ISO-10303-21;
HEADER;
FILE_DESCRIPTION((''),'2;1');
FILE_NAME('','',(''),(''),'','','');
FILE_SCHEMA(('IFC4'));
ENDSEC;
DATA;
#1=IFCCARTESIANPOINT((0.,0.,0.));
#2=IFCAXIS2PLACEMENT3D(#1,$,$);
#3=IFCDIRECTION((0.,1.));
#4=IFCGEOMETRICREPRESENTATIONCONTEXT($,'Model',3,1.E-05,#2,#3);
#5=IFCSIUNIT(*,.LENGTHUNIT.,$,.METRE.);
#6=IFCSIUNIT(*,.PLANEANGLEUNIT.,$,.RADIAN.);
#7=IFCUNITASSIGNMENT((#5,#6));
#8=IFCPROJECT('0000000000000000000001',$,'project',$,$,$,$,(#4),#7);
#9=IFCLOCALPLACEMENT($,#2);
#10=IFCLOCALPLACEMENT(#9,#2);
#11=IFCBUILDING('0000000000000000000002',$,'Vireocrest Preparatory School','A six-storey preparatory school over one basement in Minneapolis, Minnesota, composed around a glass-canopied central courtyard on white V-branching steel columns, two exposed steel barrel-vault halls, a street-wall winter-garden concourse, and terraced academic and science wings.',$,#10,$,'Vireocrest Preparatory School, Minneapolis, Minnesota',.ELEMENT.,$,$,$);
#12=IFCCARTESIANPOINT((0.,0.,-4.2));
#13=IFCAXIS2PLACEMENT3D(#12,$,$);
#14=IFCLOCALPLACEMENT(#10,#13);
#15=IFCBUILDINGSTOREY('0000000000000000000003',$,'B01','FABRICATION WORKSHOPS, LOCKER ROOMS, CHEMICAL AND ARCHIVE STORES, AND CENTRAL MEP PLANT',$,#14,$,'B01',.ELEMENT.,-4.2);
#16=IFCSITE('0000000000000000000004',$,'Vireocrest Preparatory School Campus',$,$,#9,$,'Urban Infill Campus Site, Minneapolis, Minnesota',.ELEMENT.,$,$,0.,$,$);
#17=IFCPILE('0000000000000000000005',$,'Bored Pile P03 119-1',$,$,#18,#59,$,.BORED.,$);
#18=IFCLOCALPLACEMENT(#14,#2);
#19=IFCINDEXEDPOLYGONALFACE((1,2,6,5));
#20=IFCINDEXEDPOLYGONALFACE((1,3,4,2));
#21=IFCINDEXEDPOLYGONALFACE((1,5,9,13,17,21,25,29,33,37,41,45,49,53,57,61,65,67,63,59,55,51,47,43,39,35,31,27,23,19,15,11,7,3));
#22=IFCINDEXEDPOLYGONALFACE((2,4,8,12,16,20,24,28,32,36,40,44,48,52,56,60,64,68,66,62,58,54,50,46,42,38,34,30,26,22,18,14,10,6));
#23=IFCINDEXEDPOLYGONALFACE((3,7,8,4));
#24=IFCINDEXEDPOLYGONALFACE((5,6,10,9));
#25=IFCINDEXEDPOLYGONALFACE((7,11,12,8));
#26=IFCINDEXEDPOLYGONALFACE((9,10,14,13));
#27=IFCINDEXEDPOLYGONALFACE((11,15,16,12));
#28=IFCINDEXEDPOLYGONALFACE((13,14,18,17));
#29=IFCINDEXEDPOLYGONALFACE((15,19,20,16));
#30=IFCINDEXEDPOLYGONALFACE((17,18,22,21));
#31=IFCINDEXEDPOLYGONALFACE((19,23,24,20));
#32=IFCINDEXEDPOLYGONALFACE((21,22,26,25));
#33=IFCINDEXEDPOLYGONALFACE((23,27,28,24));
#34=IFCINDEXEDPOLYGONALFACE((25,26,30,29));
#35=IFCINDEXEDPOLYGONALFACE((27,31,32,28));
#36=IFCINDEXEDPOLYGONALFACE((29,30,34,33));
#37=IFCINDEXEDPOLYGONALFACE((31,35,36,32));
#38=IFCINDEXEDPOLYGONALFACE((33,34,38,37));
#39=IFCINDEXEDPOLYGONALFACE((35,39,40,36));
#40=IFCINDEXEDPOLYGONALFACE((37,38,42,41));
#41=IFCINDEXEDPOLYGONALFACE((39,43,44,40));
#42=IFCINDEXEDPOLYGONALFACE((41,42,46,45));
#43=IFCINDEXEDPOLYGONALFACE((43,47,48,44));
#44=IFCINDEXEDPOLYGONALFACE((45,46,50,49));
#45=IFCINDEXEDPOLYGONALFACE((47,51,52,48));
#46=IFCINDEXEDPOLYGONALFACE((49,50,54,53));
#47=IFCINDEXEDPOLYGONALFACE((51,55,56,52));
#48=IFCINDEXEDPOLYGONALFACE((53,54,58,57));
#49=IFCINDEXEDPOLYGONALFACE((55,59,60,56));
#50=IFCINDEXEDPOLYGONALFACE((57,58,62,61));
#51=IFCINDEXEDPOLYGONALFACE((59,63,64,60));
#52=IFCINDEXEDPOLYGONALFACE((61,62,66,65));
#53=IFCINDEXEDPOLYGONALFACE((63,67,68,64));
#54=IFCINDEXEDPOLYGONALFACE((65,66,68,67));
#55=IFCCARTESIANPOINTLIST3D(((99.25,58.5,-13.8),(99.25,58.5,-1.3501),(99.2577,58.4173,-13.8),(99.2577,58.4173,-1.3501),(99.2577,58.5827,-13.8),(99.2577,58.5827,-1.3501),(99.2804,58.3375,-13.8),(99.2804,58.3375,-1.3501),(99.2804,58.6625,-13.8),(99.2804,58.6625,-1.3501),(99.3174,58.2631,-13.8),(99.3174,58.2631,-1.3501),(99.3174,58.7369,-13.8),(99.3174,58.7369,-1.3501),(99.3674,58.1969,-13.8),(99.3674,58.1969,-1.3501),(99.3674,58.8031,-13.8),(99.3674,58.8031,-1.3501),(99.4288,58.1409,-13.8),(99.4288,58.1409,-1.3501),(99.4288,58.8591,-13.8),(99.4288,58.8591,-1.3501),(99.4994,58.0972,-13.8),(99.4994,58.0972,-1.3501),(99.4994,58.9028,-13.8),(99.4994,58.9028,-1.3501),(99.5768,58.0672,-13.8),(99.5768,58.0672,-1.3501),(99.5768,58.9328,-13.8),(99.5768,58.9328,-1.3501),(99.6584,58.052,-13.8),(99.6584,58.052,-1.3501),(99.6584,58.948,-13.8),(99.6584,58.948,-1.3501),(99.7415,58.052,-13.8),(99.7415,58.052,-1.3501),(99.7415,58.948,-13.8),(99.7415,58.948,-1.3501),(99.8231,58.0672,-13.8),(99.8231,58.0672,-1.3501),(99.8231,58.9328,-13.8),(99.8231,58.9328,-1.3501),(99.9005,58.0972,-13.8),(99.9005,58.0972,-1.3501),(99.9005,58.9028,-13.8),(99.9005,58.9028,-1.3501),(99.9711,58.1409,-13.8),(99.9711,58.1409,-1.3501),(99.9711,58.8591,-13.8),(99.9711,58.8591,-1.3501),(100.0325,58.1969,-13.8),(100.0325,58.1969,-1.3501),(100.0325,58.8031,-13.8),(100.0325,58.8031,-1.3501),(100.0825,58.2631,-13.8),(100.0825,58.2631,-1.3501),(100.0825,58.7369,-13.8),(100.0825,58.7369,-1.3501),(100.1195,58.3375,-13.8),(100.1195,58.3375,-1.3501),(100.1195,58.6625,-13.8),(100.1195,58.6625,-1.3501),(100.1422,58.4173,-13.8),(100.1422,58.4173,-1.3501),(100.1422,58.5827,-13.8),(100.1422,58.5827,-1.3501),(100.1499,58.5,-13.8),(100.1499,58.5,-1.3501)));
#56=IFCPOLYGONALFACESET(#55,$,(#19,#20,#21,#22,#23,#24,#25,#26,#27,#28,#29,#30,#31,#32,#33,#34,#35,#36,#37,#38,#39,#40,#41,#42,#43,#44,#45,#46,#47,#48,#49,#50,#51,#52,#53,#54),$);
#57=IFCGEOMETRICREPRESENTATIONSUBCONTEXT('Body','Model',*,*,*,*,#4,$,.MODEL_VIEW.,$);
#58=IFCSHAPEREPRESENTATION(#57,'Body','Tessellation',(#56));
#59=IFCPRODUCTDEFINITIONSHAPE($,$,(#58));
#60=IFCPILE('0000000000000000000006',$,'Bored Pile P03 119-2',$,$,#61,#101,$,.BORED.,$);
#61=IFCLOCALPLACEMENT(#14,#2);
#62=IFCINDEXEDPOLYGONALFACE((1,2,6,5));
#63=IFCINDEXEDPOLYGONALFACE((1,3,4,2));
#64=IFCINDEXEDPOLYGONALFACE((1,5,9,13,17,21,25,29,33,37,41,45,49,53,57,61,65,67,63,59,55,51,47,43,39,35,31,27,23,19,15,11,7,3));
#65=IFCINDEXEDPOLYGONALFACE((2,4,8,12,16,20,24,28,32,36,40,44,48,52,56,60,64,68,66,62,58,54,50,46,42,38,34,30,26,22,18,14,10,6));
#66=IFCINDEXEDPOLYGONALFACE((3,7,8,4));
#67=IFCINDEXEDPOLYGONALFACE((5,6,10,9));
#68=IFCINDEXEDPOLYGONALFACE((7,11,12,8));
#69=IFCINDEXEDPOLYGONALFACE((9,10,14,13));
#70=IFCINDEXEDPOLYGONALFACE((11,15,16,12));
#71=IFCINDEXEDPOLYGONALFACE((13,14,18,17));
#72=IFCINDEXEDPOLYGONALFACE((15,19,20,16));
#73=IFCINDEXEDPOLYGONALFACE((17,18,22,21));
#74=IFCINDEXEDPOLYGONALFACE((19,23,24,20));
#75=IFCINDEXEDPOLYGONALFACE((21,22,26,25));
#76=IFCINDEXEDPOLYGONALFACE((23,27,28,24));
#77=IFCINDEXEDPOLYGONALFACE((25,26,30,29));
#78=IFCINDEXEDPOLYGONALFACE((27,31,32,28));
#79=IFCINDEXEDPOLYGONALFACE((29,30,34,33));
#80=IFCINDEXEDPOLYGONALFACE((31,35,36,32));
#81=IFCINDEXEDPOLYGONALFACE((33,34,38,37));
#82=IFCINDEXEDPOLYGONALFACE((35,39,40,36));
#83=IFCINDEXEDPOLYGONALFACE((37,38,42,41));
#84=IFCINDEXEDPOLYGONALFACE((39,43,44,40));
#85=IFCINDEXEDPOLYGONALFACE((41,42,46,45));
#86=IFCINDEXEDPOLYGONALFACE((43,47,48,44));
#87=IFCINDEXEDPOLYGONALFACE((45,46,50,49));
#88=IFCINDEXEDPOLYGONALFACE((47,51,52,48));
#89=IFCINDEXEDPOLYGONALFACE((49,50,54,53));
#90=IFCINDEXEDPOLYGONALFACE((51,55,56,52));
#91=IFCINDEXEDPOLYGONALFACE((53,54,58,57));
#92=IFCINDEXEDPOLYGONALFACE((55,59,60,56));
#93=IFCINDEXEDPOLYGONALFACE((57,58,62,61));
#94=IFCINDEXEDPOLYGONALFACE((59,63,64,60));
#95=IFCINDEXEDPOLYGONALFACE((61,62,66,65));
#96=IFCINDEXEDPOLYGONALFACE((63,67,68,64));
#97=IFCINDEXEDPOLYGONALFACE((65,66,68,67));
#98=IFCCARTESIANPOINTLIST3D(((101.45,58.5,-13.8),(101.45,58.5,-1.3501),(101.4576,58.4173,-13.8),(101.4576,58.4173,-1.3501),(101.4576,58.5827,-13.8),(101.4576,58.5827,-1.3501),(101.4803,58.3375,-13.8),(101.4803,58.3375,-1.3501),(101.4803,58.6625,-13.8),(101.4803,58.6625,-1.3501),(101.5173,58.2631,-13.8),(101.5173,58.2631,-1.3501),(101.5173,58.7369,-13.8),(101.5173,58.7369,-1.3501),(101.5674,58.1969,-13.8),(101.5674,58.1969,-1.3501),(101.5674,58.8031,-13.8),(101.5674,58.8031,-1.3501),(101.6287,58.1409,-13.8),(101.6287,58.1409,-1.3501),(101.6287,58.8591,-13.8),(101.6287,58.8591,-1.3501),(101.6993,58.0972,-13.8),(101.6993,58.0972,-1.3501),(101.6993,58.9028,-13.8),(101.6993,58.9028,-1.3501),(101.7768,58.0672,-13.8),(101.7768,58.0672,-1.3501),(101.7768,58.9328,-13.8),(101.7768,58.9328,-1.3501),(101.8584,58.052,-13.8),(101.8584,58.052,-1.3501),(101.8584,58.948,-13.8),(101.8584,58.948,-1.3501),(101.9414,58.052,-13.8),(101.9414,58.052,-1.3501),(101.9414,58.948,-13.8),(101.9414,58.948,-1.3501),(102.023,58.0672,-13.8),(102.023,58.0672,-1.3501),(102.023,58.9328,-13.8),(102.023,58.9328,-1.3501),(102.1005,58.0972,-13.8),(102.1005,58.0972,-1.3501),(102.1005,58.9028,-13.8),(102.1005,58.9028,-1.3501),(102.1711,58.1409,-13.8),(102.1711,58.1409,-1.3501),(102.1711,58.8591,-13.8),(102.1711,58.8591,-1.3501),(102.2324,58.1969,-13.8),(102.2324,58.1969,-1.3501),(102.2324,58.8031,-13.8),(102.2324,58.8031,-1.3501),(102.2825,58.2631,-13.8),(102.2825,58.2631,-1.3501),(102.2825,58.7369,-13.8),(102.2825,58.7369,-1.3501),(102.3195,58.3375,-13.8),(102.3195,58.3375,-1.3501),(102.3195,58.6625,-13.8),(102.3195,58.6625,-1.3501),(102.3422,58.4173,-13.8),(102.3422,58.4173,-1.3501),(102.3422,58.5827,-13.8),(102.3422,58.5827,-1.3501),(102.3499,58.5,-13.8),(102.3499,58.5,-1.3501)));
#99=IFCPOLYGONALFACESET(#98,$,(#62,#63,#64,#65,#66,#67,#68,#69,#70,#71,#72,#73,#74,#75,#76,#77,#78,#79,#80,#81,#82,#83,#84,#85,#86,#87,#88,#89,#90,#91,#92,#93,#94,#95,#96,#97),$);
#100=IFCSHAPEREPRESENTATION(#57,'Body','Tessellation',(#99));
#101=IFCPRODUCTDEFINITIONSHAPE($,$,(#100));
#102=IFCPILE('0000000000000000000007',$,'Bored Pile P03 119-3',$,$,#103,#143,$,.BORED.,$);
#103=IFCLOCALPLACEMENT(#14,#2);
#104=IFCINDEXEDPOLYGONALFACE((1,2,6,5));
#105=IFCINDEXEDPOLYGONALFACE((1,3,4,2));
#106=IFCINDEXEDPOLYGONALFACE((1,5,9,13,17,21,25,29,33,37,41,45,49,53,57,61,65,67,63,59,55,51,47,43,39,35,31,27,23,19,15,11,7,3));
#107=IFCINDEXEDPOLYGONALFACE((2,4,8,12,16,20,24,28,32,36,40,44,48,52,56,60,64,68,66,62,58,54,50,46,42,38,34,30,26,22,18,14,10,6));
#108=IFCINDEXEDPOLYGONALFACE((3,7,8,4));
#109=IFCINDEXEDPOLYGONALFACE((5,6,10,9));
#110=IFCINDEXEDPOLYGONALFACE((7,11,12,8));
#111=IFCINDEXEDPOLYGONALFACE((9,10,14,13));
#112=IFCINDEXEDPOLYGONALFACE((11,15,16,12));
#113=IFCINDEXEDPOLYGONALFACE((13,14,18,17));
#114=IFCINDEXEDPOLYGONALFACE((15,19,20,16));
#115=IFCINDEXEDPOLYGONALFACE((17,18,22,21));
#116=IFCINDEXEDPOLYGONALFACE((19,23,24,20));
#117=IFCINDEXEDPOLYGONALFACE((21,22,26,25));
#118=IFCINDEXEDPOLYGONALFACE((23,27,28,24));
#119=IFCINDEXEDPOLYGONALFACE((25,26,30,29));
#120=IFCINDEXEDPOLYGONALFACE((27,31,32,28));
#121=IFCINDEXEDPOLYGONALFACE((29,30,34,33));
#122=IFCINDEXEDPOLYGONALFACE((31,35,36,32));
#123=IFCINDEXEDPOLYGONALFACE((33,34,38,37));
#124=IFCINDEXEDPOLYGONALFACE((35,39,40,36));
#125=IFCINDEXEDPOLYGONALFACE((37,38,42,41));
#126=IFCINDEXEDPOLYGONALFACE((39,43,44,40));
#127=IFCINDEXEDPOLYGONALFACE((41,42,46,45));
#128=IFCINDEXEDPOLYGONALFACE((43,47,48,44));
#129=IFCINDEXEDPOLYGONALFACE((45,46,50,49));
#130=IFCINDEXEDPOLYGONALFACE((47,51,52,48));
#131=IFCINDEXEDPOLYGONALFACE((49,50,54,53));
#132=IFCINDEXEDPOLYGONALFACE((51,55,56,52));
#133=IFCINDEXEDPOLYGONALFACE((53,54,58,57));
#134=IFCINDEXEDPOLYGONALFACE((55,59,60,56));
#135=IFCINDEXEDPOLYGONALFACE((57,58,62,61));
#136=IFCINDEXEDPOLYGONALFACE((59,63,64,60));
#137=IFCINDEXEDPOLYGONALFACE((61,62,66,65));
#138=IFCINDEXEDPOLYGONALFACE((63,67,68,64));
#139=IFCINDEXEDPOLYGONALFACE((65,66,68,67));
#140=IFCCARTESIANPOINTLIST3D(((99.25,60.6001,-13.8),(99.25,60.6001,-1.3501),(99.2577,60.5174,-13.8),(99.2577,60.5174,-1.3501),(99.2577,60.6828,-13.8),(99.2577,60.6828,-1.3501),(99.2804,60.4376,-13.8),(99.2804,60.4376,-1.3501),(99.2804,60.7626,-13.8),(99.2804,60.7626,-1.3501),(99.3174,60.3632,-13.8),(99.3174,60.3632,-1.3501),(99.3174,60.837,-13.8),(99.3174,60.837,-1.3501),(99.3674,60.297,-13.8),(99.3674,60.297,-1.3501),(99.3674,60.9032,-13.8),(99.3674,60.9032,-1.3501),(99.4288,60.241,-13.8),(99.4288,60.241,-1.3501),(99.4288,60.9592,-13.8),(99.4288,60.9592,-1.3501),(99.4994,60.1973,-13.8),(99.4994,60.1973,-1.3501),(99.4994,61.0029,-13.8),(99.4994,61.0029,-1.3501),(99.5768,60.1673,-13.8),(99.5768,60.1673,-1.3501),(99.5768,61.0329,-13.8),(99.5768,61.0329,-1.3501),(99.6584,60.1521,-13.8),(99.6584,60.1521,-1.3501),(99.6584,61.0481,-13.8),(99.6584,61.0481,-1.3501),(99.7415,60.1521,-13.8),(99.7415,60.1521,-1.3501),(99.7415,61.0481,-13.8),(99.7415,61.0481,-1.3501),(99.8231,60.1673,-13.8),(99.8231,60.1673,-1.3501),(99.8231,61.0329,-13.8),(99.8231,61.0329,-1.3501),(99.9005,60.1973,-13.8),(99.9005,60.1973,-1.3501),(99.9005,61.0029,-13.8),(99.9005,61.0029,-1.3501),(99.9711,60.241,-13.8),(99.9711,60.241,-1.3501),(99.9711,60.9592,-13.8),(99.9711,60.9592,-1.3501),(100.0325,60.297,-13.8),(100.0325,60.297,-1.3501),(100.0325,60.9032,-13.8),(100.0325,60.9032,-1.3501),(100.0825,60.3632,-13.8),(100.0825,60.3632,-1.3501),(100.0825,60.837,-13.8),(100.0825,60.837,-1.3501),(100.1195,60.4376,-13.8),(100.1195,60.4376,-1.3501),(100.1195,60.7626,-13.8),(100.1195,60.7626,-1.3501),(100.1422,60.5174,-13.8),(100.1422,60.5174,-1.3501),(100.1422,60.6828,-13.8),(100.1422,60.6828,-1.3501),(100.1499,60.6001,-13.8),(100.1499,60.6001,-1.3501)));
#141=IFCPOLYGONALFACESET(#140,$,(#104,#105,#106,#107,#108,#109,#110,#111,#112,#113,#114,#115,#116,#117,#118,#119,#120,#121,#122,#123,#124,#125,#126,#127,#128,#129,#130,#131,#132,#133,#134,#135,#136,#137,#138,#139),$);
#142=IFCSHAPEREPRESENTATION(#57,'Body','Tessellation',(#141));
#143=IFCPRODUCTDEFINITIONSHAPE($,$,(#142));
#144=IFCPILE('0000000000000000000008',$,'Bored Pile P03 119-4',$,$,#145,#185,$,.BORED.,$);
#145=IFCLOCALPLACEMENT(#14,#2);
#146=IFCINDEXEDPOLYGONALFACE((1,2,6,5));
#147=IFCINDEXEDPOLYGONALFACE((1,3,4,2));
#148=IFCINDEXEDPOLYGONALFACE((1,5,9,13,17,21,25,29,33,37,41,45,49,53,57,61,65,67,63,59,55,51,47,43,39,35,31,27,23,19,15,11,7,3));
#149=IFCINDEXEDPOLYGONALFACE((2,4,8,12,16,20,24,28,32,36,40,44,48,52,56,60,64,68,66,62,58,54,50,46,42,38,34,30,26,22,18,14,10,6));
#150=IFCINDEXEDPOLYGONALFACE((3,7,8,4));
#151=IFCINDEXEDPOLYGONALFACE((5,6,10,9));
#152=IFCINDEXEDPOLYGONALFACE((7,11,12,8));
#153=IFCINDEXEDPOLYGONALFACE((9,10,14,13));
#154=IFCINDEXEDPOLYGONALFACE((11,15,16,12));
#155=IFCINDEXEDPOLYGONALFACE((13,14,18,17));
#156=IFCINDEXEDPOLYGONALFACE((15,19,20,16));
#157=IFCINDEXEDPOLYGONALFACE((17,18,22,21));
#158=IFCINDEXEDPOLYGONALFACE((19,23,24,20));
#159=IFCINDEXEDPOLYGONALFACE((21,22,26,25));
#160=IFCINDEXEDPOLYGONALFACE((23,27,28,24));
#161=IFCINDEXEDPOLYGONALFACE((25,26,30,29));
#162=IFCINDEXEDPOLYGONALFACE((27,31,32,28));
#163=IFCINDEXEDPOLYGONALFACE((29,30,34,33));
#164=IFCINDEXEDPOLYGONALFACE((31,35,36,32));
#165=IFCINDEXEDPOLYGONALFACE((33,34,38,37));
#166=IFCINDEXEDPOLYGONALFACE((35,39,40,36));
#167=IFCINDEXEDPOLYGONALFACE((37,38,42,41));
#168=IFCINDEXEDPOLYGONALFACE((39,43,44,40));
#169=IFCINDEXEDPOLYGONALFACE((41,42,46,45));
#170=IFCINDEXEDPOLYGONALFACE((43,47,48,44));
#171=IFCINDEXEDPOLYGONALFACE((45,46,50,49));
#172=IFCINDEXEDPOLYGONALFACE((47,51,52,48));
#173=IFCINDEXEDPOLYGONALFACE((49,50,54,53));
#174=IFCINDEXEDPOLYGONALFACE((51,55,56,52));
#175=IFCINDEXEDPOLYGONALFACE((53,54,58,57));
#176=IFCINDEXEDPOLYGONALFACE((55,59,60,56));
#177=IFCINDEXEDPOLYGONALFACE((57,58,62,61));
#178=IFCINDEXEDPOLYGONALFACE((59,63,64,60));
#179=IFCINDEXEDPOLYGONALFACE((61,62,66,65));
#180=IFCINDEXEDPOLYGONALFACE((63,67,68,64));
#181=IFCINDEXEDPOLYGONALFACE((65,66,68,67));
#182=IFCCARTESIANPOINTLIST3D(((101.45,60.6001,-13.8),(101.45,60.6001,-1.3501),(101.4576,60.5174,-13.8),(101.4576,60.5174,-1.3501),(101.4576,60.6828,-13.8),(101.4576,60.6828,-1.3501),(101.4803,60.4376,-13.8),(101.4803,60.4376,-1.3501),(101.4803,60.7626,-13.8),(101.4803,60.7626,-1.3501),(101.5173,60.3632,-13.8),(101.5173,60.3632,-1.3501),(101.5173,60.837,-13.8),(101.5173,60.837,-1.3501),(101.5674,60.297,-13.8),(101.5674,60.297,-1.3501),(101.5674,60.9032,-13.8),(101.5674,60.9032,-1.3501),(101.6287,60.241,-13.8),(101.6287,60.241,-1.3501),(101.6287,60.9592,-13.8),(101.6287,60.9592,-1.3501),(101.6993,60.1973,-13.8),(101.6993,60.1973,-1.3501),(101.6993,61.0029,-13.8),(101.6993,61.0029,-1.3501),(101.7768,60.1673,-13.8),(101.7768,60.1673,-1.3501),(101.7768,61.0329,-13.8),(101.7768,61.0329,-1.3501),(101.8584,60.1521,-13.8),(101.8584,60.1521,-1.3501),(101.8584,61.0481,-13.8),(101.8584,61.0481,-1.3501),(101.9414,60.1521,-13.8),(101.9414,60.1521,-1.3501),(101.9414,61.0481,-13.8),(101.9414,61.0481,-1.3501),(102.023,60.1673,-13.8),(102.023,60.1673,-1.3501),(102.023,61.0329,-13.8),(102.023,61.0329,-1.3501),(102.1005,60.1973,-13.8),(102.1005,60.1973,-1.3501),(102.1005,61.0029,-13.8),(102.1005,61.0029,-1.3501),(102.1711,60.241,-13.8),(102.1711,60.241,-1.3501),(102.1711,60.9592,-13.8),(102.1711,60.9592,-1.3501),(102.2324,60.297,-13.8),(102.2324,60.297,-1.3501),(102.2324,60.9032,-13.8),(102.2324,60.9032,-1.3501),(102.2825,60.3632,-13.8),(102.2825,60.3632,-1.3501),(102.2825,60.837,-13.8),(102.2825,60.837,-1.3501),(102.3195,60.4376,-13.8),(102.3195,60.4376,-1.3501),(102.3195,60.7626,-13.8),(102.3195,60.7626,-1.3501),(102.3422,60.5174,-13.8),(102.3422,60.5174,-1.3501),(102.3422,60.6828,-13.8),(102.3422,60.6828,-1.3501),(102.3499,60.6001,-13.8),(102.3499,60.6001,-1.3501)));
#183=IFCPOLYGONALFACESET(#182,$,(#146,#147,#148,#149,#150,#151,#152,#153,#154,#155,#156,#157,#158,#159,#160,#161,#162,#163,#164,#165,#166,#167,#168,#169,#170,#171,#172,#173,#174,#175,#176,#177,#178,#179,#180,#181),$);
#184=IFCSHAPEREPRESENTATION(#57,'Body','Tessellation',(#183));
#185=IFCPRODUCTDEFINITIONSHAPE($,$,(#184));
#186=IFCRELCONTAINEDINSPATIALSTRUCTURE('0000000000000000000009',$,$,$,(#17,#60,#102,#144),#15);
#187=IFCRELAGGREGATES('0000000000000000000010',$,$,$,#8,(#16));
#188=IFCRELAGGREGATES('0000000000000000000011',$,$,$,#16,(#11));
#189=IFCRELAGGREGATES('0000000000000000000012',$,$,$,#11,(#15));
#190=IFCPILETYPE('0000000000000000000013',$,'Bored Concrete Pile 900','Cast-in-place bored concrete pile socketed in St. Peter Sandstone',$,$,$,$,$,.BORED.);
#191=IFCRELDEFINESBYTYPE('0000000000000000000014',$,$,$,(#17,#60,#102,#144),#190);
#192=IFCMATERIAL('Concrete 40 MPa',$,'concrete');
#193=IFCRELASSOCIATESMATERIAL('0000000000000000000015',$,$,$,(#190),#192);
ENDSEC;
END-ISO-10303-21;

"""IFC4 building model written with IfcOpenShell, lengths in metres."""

from ifc_helpers import new_model, si_unit, direction, frame, origin, origin_2d, place, context, subcontext, project, spatial, circle, extrude, material, material_profile, profile_set, type_object, element, save


model = new_model("IFC4")

# Units and contexts
model_context = context("Model", 3, precision=1e-05, world=origin(), true_north=direction((0.0, 1.0)))
body_context = subcontext(model_context, "Body", "Model", "MODEL_VIEW")
ifc_project = project(units=[si_unit("LENGTHUNIT", "METRE"), si_unit("PLANEANGLEUNIT", "RADIAN")], contexts=[model_context])

# Site, building, storey
site_placement = place(None, origin())
site = spatial("IfcSite", under=ifc_project, at=site_placement, Name="Vireocrest Preparatory School Campus", LongName="Urban Infill Campus Site, Minneapolis, Minnesota", CompositionType="ELEMENT", RefElevation=0.0)
building_placement = place(site_placement, origin())
building = spatial("IfcBuilding", under=site, at=building_placement, Name="Vireocrest Preparatory School", Description="A six-storey preparatory school over one basement in Minneapolis, Minnesota, composed around a glass-canopied central courtyard on white V-branching steel columns, two exposed steel barrel-vault halls, a street-wall winter-garden concourse, and terraced academic and science wings.", LongName="Vireocrest Preparatory School, Minneapolis, Minnesota", CompositionType="ELEMENT")
storey_placement = place(building_placement, frame((0.0, 0.0, -4.2)))
storey = spatial("IfcBuildingStorey", under=building, at=storey_placement, Name="B01", Description="FABRICATION WORKSHOPS, LOCKER ROOMS, CHEMICAL AND ARCHIVE STORES, AND CENTRAL MEP PLANT", LongName="B01", CompositionType="ELEMENT", Elevation=-4.2)

# Piles
ifc_material_1 = material(Name="Concrete 40 MPa", Category="concrete")
ifc_material_profile_1 = material_profile(ifc_material_1, circle(Radius=0.45, at=origin_2d()), Name="BORED PILE 900")
ifc_profile_set_1 = profile_set([ifc_material_profile_1], Name="Concrete 40 MPa")
pile_type = type_object("IfcPileType", Name="Bored Concrete Pile 900", Description="Cast-in-place bored concrete pile socketed in St. Peter Sandstone", PredefinedType="BORED", material=ifc_profile_set_1)
for number, where, z_axis, x_axis, name in (
    (1, (99.7, 58.5, -1.3501), (0.0, 0.0, -1.0), (1.0, 0.0, 0.0), "Bored Pile P03 119-1"),
    (2, (101.8999, 58.5, -1.3501), (0.0, 0.0, -1.0), (1.0, 0.0, 0.0), "Bored Pile P03 119-2"),
    (3, (99.7, 60.6001, -1.3501), (0.0, 0.0, -1.0), (1.0, 0.0, 0.0), "Bored Pile P03 119-3"),
    (4, (101.8999, 60.6001, -1.3501), (0.0, 0.0, -1.0), (1.0, 0.0, 0.0), "Bored Pile P03 119-4"),
):
    element("IfcPile", number, at=place(storey_placement, frame(where, z_axis=z_axis, x_axis=x_axis)), inside=storey, type_object=pile_type, Name=name, PredefinedType="BORED", context=body_context, shape_type="SweptSolid", body=[
        extrude(circle(Radius=0.45, at=origin_2d()), origin(), (0.0, 0.0, 1.0), 12.45),
    ])

save(model, "model.ifc")
